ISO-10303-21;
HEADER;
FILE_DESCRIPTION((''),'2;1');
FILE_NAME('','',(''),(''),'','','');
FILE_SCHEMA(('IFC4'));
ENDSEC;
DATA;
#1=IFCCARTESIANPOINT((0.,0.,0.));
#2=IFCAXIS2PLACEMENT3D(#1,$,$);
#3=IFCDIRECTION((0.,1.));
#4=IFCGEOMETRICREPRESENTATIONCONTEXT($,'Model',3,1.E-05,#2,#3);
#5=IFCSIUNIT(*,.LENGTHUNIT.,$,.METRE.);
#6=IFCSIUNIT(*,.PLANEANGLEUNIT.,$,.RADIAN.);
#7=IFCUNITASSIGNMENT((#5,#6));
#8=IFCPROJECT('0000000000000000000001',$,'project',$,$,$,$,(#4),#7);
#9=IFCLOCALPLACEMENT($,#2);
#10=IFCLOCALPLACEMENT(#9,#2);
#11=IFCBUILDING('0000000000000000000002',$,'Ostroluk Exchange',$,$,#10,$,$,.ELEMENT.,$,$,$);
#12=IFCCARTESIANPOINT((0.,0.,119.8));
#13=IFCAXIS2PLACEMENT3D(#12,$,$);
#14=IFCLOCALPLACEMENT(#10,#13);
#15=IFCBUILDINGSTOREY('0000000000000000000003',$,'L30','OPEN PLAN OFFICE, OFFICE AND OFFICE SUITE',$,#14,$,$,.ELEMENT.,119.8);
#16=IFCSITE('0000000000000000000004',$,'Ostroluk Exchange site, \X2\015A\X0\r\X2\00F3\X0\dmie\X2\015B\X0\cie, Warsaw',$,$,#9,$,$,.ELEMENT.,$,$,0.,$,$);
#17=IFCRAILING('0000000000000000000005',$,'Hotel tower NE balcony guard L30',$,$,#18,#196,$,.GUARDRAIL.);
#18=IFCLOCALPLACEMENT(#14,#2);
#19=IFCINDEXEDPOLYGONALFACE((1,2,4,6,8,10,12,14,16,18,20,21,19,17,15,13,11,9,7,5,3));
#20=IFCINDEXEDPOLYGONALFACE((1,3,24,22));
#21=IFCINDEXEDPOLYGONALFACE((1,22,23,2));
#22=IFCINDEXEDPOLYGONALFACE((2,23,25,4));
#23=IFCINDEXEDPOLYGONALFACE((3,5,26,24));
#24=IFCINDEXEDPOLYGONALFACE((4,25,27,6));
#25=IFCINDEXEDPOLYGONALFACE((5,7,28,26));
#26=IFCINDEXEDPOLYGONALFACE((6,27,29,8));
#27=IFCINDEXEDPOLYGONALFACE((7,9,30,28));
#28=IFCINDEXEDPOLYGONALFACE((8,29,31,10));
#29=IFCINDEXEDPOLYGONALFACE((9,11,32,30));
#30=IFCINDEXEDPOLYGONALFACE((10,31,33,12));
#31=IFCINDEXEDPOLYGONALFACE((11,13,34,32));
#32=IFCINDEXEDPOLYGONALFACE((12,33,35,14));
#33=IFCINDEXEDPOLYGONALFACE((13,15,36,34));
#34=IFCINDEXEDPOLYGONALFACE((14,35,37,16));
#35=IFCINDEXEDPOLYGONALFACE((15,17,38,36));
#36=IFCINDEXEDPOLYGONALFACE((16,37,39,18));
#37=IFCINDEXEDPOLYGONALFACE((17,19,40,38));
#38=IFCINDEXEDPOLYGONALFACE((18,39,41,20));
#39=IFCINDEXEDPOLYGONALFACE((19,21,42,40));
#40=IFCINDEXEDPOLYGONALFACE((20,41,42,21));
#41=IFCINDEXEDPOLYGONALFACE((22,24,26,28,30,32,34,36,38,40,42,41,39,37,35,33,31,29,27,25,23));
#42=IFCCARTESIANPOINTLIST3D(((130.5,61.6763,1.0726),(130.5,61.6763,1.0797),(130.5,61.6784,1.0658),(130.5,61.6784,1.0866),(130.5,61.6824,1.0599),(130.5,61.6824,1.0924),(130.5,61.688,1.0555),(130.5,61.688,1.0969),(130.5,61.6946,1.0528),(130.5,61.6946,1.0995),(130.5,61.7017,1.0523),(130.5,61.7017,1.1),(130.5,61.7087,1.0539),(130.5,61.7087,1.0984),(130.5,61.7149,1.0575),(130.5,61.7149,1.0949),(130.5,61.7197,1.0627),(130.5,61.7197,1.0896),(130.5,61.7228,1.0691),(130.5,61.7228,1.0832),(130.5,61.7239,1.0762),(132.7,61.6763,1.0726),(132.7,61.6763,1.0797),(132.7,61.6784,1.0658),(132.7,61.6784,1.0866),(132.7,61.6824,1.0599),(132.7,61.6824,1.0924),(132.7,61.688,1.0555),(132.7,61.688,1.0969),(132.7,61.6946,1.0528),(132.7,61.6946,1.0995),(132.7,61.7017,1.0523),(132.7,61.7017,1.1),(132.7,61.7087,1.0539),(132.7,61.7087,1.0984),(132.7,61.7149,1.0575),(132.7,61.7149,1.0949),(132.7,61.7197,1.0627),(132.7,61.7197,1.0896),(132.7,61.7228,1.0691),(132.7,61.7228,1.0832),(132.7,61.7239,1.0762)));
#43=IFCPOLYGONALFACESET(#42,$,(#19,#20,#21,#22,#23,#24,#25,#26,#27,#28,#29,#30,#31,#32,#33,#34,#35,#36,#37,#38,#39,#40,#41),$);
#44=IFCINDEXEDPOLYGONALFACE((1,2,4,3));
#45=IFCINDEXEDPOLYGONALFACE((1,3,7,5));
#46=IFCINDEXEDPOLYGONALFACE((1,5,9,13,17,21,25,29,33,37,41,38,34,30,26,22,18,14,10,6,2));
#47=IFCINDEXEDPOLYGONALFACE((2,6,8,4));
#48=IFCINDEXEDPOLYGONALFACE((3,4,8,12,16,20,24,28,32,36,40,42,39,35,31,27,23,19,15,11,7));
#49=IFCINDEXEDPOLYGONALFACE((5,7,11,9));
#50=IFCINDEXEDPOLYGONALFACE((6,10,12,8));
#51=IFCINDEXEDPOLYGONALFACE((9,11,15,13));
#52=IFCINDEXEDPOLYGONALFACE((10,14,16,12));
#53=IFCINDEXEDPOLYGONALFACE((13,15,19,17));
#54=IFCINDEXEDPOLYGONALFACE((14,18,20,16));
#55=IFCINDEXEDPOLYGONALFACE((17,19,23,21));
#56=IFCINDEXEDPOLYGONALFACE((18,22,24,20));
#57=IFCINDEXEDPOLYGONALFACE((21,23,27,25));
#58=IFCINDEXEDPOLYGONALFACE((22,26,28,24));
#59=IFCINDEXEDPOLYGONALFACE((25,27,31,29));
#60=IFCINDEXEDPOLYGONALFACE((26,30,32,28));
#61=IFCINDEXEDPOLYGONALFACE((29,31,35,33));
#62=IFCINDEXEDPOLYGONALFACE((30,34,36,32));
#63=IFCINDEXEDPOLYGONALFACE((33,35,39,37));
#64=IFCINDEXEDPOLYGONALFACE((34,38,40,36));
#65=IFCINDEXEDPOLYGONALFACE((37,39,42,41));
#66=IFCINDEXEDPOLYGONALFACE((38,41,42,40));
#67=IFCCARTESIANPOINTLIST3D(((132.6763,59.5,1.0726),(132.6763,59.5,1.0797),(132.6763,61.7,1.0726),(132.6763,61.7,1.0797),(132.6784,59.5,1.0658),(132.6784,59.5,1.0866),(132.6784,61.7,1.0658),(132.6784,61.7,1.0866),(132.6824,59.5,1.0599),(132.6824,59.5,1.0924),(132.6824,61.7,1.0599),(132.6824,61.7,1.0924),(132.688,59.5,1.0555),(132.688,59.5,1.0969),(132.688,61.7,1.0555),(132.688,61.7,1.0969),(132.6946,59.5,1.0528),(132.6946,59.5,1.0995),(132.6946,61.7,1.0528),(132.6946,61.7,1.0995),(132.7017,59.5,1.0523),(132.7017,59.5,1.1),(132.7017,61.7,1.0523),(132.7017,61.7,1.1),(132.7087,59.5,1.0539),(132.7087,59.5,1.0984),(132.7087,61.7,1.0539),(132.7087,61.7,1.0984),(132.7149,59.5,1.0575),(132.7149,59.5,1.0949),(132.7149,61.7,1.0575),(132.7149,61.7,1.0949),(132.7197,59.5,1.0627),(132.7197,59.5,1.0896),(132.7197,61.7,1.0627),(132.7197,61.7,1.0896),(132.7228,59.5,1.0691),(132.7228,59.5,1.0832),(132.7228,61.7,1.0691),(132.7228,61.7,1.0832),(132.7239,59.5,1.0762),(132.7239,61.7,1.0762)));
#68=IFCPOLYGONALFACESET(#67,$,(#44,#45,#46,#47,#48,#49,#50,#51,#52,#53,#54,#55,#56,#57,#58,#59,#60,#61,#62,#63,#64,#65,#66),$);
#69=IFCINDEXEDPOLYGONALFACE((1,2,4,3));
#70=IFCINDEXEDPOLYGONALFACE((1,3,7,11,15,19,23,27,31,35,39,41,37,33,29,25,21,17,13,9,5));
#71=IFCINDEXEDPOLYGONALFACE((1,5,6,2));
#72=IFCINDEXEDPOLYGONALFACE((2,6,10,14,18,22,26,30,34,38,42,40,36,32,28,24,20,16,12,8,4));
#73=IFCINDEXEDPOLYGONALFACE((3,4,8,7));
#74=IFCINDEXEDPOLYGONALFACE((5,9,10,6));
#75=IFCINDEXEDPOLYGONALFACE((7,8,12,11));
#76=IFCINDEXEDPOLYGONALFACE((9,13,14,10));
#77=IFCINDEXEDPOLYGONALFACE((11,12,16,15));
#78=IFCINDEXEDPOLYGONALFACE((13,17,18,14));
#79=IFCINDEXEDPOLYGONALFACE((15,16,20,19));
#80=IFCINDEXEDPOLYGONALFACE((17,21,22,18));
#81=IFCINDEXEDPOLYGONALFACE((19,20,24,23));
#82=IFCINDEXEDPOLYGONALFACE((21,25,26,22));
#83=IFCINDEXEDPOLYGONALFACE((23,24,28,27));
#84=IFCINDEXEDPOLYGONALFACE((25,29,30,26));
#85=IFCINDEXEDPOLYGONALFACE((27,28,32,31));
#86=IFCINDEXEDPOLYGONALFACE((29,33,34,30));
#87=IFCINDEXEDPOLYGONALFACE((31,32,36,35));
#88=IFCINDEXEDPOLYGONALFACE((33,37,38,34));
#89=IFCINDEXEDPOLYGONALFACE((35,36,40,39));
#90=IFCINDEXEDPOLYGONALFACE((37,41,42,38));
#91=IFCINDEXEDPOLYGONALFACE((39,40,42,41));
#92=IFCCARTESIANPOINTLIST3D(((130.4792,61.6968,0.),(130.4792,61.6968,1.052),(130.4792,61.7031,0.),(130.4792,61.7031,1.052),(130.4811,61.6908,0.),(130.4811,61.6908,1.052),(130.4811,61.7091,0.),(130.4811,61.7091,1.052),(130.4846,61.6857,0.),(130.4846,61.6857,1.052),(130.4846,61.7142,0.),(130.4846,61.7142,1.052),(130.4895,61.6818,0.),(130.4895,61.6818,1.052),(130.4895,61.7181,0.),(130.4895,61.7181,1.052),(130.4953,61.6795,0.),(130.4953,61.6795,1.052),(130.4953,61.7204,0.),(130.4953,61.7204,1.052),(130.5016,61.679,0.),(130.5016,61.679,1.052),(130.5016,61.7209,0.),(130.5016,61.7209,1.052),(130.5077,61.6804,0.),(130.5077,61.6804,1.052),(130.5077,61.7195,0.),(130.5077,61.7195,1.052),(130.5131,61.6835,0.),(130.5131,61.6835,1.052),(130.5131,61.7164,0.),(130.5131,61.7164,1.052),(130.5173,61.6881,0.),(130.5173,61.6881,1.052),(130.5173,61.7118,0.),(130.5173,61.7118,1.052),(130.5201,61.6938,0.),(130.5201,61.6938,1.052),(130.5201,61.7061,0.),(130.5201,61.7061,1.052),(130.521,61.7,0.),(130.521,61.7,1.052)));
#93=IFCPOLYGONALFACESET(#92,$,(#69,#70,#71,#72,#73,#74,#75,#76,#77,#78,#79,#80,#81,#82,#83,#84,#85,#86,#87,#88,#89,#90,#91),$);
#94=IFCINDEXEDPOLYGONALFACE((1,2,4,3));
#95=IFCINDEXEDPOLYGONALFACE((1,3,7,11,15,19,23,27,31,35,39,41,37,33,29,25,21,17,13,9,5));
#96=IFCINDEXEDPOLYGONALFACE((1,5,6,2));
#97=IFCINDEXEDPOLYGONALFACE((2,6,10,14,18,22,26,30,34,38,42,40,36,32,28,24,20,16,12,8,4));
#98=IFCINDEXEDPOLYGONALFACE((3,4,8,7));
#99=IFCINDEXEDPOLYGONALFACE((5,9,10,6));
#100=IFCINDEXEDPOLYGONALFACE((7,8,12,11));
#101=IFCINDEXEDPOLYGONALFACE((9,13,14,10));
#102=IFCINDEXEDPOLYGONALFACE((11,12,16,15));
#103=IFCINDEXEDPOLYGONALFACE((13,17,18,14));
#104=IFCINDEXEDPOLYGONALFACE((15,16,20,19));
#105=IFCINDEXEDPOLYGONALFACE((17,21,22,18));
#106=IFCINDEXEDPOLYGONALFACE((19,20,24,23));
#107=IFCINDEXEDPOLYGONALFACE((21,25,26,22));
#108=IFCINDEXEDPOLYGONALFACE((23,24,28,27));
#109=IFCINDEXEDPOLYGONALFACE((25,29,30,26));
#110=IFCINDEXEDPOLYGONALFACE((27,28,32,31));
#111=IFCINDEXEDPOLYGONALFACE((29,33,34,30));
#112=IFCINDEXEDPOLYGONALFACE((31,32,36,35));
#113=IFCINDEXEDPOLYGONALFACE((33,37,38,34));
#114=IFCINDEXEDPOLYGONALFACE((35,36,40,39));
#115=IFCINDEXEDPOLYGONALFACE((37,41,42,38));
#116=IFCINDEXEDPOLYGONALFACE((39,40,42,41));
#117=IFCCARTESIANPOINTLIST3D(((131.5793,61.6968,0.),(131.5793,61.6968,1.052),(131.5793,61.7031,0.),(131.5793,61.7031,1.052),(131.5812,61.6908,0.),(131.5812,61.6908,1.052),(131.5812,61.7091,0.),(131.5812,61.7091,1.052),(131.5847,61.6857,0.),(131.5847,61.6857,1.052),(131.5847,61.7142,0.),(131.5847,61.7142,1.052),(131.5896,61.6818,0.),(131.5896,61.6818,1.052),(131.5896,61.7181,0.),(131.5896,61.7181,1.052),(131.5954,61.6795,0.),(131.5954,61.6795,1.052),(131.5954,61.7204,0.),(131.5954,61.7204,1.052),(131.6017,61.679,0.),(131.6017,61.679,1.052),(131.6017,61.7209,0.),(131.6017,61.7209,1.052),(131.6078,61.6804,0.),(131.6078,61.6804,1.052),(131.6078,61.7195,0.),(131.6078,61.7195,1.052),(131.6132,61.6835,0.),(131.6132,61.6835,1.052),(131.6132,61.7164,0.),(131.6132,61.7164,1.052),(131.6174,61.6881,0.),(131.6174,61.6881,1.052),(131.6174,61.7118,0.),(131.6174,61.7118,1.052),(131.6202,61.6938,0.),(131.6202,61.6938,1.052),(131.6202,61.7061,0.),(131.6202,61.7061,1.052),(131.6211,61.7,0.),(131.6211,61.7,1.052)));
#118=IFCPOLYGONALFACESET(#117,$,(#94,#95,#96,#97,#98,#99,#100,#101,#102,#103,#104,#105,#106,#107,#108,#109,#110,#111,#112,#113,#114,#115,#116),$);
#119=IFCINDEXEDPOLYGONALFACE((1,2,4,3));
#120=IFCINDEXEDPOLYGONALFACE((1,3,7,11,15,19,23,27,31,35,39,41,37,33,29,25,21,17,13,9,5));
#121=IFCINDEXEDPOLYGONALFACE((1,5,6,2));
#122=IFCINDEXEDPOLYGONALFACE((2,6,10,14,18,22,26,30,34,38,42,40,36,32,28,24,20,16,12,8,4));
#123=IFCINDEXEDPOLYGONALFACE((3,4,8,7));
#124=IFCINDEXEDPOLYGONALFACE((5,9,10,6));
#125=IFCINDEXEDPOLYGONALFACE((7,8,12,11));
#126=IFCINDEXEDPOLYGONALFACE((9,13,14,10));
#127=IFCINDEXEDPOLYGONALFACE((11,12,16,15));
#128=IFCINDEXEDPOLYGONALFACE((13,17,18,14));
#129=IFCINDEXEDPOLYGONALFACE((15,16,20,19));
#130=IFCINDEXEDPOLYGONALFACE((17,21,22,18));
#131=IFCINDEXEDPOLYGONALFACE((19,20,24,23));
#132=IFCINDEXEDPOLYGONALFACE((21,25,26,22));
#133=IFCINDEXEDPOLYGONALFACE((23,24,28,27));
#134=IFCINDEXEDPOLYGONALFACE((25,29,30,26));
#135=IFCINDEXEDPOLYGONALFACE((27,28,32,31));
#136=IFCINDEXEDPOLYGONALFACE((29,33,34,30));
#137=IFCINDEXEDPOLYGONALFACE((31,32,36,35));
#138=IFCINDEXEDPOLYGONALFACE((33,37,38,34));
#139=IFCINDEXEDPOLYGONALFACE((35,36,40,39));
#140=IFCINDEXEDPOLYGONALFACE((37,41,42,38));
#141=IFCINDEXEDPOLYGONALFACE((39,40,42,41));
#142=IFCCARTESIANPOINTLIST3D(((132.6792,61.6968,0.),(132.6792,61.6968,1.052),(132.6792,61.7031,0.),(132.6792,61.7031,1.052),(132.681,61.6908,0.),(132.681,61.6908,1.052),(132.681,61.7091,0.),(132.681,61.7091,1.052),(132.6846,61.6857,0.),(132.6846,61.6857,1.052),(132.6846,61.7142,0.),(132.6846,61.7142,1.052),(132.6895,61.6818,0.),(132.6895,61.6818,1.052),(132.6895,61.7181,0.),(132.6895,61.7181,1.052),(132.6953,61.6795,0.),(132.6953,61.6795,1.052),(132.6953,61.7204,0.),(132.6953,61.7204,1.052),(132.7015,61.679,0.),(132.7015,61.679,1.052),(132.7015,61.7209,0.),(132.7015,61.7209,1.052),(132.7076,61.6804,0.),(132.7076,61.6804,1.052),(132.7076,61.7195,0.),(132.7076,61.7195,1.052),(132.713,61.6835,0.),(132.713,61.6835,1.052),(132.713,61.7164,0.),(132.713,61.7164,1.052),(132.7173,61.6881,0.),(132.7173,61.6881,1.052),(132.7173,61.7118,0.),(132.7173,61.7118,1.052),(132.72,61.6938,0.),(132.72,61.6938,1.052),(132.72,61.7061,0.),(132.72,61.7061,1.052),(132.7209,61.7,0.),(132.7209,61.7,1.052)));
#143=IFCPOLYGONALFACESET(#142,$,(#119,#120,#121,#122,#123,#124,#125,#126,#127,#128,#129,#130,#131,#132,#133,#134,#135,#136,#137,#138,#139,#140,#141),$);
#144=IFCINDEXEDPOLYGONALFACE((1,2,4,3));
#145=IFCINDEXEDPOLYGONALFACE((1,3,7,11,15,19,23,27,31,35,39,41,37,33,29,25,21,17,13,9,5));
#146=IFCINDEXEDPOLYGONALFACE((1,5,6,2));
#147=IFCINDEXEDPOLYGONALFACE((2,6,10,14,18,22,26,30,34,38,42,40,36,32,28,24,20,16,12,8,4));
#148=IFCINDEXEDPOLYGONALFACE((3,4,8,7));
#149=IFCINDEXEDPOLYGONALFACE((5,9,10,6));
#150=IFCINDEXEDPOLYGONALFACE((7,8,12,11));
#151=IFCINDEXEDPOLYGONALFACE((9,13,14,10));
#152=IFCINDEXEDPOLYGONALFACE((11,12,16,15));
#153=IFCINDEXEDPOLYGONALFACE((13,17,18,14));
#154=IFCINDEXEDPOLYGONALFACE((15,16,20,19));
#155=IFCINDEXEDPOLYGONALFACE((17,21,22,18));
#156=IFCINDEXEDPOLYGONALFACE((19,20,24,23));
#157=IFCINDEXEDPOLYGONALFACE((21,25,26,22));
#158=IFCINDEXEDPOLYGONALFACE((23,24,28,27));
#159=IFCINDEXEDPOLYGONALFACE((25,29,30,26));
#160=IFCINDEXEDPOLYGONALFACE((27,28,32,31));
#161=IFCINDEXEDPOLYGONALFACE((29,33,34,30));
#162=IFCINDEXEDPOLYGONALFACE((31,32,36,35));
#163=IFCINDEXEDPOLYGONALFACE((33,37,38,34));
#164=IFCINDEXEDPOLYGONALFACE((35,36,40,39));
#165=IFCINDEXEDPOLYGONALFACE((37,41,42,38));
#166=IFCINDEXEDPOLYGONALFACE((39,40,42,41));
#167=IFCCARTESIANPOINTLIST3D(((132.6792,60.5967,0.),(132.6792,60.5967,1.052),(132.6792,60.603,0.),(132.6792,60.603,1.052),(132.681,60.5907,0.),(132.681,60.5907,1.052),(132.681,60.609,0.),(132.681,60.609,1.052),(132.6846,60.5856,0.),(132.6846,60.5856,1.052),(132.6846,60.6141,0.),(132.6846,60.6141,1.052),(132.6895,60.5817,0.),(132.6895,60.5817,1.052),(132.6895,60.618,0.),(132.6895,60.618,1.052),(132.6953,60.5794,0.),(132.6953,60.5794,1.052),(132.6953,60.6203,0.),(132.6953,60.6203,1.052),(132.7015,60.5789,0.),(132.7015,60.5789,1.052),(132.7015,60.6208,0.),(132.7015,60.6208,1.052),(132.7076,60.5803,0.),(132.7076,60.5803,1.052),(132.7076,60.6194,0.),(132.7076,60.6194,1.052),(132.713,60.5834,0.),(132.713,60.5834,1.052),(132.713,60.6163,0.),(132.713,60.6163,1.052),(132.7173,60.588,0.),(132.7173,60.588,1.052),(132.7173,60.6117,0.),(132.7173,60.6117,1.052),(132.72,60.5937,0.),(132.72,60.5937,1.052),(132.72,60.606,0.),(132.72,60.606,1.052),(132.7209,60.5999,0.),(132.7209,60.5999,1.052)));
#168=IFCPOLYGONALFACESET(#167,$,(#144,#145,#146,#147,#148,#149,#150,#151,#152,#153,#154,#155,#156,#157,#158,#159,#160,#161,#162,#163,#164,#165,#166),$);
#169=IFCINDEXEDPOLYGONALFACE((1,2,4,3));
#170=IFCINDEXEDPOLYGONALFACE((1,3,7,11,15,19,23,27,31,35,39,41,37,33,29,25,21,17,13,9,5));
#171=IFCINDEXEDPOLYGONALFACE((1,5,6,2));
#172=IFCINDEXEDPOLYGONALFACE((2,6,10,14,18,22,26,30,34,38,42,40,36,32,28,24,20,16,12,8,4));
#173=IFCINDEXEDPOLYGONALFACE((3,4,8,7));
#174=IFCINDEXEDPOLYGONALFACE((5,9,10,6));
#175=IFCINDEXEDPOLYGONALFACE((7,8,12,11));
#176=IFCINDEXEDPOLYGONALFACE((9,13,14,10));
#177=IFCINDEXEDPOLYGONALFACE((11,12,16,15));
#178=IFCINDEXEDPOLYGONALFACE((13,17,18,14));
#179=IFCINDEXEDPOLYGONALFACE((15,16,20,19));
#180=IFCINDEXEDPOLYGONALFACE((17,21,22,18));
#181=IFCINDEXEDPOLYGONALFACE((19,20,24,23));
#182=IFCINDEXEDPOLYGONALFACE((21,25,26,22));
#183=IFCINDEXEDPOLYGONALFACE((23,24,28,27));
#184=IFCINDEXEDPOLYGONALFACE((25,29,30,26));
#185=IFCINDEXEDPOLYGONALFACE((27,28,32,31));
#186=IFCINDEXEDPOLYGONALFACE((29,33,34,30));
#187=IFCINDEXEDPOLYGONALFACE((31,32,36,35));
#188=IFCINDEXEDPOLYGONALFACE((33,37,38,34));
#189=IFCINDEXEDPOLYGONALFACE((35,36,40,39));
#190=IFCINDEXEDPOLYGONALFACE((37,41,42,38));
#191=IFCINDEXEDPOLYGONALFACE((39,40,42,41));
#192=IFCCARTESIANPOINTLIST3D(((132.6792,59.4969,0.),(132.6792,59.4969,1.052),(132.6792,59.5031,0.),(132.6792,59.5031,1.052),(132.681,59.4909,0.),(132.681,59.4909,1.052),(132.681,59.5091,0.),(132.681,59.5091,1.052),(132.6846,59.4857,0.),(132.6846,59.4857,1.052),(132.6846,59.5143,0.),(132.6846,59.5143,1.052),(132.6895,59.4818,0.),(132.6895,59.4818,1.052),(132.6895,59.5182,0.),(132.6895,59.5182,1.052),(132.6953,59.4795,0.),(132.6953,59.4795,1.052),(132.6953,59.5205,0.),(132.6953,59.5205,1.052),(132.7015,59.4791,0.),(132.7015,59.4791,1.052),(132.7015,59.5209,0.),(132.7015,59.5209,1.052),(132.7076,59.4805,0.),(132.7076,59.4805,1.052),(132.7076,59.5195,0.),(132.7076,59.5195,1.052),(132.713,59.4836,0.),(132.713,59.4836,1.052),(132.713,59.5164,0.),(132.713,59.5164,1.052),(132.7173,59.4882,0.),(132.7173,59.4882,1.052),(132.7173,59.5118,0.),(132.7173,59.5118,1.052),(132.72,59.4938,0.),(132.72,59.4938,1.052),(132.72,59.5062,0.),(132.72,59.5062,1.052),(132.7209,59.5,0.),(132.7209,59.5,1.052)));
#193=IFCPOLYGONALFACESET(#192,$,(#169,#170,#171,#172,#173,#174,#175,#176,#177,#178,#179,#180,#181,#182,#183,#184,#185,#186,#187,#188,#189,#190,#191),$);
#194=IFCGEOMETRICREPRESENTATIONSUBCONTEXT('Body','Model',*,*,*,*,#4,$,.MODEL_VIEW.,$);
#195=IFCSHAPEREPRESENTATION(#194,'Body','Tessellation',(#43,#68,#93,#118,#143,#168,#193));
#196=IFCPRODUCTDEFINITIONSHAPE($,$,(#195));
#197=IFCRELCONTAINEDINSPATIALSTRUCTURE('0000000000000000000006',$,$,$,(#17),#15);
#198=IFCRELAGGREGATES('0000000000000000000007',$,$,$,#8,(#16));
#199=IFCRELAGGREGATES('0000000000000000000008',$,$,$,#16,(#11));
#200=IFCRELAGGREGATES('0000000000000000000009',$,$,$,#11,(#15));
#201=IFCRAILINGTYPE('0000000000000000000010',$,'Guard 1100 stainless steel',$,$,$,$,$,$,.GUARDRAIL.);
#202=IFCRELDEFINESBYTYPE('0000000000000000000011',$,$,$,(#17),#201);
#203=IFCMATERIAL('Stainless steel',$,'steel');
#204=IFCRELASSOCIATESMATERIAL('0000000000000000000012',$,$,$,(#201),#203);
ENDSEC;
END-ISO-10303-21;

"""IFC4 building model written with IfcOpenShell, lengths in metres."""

from ifc_helpers import new_model, si_unit, direction, frame, origin, origin_2d, place, context, subcontext, project, spatial, circle, extrude, material, type_object, element, save


model = new_model("IFC4")

# Units and contexts
model_context = context("Model", 3, precision=1e-05, world=origin(), true_north=direction((0.0, 1.0)))
body_context = subcontext(model_context, "Body", "Model", "MODEL_VIEW")
ifc_project = project(units=[si_unit("LENGTHUNIT", "METRE"), si_unit("PLANEANGLEUNIT", "RADIAN")], contexts=[model_context])

# Site, building, storey
site_placement = place(None, origin())
site = spatial("IfcSite", under=ifc_project, at=site_placement, Name="Ostroluk Exchange site, Śródmieście, Warsaw", CompositionType="ELEMENT", RefElevation=0.0)
building_placement = place(site_placement, origin())
building = spatial("IfcBuilding", under=site, at=building_placement, Name="Ostroluk Exchange", CompositionType="ELEMENT")
storey_placement = place(building_placement, frame((0.0, 0.0, 119.8)))
storey = spatial("IfcBuildingStorey", under=building, at=storey_placement, Name="L30", Description="OPEN PLAN OFFICE, OFFICE AND OFFICE SUITE", CompositionType="ELEMENT", Elevation=119.8)

# Railing
ifc_material_1 = material(Name="Stainless steel", Category="steel")
railing_type_1 = type_object("IfcRailingType", Name="Guard 1100 stainless steel", PredefinedType="GUARDRAIL", material=ifc_material_1)
railing_1_placement = place(storey_placement, frame((130.5, 61.7, 0.0)))
element("IfcRailing", 1, at=railing_1_placement, inside=storey, type_object=railing_type_1, Name="Hotel tower NE balcony guard L30", PredefinedType="GUARDRAIL", context=body_context, shape_type="SweptSolid", body=[
    extrude(circle(Radius=0.0239, at=origin_2d()), frame((0.0, 0.0, 1.0762), z_axis=(1.0, 0.0, 0.0), x_axis=(0.0, 1.0, 0.0)), (0.0, 0.0, 1.0), 2.2),
    extrude(circle(Radius=0.0239, at=origin_2d()), frame((2.2, 0.0, 1.0762), z_axis=(0.0, -1.0, 0.0), x_axis=(1.0, 0.0, 0.0)), (0.0, 0.0, 1.0), 2.2),
    extrude(circle(Radius=0.021, at=origin_2d()), origin(), (0.0, 0.0, 1.0), 1.052),
    extrude(circle(Radius=0.021, at=origin_2d()), frame((1.1001, 0.0, 0.0)), (0.0, 0.0, 1.0), 1.052),
    extrude(circle(Radius=0.021, at=origin_2d()), frame((2.2, 0.0, 0.0)), (0.0, 0.0, 1.0), 1.052),
    extrude(circle(Radius=0.021, at=origin_2d()), frame((2.2, -1.1001, 0.0)), (0.0, 0.0, 1.0), 1.052),
    extrude(circle(Radius=0.021, at=origin_2d()), frame((2.2, -2.2, 0.0)), (0.0, 0.0, 1.0), 1.052),
])

save(model, "model.ifc")
